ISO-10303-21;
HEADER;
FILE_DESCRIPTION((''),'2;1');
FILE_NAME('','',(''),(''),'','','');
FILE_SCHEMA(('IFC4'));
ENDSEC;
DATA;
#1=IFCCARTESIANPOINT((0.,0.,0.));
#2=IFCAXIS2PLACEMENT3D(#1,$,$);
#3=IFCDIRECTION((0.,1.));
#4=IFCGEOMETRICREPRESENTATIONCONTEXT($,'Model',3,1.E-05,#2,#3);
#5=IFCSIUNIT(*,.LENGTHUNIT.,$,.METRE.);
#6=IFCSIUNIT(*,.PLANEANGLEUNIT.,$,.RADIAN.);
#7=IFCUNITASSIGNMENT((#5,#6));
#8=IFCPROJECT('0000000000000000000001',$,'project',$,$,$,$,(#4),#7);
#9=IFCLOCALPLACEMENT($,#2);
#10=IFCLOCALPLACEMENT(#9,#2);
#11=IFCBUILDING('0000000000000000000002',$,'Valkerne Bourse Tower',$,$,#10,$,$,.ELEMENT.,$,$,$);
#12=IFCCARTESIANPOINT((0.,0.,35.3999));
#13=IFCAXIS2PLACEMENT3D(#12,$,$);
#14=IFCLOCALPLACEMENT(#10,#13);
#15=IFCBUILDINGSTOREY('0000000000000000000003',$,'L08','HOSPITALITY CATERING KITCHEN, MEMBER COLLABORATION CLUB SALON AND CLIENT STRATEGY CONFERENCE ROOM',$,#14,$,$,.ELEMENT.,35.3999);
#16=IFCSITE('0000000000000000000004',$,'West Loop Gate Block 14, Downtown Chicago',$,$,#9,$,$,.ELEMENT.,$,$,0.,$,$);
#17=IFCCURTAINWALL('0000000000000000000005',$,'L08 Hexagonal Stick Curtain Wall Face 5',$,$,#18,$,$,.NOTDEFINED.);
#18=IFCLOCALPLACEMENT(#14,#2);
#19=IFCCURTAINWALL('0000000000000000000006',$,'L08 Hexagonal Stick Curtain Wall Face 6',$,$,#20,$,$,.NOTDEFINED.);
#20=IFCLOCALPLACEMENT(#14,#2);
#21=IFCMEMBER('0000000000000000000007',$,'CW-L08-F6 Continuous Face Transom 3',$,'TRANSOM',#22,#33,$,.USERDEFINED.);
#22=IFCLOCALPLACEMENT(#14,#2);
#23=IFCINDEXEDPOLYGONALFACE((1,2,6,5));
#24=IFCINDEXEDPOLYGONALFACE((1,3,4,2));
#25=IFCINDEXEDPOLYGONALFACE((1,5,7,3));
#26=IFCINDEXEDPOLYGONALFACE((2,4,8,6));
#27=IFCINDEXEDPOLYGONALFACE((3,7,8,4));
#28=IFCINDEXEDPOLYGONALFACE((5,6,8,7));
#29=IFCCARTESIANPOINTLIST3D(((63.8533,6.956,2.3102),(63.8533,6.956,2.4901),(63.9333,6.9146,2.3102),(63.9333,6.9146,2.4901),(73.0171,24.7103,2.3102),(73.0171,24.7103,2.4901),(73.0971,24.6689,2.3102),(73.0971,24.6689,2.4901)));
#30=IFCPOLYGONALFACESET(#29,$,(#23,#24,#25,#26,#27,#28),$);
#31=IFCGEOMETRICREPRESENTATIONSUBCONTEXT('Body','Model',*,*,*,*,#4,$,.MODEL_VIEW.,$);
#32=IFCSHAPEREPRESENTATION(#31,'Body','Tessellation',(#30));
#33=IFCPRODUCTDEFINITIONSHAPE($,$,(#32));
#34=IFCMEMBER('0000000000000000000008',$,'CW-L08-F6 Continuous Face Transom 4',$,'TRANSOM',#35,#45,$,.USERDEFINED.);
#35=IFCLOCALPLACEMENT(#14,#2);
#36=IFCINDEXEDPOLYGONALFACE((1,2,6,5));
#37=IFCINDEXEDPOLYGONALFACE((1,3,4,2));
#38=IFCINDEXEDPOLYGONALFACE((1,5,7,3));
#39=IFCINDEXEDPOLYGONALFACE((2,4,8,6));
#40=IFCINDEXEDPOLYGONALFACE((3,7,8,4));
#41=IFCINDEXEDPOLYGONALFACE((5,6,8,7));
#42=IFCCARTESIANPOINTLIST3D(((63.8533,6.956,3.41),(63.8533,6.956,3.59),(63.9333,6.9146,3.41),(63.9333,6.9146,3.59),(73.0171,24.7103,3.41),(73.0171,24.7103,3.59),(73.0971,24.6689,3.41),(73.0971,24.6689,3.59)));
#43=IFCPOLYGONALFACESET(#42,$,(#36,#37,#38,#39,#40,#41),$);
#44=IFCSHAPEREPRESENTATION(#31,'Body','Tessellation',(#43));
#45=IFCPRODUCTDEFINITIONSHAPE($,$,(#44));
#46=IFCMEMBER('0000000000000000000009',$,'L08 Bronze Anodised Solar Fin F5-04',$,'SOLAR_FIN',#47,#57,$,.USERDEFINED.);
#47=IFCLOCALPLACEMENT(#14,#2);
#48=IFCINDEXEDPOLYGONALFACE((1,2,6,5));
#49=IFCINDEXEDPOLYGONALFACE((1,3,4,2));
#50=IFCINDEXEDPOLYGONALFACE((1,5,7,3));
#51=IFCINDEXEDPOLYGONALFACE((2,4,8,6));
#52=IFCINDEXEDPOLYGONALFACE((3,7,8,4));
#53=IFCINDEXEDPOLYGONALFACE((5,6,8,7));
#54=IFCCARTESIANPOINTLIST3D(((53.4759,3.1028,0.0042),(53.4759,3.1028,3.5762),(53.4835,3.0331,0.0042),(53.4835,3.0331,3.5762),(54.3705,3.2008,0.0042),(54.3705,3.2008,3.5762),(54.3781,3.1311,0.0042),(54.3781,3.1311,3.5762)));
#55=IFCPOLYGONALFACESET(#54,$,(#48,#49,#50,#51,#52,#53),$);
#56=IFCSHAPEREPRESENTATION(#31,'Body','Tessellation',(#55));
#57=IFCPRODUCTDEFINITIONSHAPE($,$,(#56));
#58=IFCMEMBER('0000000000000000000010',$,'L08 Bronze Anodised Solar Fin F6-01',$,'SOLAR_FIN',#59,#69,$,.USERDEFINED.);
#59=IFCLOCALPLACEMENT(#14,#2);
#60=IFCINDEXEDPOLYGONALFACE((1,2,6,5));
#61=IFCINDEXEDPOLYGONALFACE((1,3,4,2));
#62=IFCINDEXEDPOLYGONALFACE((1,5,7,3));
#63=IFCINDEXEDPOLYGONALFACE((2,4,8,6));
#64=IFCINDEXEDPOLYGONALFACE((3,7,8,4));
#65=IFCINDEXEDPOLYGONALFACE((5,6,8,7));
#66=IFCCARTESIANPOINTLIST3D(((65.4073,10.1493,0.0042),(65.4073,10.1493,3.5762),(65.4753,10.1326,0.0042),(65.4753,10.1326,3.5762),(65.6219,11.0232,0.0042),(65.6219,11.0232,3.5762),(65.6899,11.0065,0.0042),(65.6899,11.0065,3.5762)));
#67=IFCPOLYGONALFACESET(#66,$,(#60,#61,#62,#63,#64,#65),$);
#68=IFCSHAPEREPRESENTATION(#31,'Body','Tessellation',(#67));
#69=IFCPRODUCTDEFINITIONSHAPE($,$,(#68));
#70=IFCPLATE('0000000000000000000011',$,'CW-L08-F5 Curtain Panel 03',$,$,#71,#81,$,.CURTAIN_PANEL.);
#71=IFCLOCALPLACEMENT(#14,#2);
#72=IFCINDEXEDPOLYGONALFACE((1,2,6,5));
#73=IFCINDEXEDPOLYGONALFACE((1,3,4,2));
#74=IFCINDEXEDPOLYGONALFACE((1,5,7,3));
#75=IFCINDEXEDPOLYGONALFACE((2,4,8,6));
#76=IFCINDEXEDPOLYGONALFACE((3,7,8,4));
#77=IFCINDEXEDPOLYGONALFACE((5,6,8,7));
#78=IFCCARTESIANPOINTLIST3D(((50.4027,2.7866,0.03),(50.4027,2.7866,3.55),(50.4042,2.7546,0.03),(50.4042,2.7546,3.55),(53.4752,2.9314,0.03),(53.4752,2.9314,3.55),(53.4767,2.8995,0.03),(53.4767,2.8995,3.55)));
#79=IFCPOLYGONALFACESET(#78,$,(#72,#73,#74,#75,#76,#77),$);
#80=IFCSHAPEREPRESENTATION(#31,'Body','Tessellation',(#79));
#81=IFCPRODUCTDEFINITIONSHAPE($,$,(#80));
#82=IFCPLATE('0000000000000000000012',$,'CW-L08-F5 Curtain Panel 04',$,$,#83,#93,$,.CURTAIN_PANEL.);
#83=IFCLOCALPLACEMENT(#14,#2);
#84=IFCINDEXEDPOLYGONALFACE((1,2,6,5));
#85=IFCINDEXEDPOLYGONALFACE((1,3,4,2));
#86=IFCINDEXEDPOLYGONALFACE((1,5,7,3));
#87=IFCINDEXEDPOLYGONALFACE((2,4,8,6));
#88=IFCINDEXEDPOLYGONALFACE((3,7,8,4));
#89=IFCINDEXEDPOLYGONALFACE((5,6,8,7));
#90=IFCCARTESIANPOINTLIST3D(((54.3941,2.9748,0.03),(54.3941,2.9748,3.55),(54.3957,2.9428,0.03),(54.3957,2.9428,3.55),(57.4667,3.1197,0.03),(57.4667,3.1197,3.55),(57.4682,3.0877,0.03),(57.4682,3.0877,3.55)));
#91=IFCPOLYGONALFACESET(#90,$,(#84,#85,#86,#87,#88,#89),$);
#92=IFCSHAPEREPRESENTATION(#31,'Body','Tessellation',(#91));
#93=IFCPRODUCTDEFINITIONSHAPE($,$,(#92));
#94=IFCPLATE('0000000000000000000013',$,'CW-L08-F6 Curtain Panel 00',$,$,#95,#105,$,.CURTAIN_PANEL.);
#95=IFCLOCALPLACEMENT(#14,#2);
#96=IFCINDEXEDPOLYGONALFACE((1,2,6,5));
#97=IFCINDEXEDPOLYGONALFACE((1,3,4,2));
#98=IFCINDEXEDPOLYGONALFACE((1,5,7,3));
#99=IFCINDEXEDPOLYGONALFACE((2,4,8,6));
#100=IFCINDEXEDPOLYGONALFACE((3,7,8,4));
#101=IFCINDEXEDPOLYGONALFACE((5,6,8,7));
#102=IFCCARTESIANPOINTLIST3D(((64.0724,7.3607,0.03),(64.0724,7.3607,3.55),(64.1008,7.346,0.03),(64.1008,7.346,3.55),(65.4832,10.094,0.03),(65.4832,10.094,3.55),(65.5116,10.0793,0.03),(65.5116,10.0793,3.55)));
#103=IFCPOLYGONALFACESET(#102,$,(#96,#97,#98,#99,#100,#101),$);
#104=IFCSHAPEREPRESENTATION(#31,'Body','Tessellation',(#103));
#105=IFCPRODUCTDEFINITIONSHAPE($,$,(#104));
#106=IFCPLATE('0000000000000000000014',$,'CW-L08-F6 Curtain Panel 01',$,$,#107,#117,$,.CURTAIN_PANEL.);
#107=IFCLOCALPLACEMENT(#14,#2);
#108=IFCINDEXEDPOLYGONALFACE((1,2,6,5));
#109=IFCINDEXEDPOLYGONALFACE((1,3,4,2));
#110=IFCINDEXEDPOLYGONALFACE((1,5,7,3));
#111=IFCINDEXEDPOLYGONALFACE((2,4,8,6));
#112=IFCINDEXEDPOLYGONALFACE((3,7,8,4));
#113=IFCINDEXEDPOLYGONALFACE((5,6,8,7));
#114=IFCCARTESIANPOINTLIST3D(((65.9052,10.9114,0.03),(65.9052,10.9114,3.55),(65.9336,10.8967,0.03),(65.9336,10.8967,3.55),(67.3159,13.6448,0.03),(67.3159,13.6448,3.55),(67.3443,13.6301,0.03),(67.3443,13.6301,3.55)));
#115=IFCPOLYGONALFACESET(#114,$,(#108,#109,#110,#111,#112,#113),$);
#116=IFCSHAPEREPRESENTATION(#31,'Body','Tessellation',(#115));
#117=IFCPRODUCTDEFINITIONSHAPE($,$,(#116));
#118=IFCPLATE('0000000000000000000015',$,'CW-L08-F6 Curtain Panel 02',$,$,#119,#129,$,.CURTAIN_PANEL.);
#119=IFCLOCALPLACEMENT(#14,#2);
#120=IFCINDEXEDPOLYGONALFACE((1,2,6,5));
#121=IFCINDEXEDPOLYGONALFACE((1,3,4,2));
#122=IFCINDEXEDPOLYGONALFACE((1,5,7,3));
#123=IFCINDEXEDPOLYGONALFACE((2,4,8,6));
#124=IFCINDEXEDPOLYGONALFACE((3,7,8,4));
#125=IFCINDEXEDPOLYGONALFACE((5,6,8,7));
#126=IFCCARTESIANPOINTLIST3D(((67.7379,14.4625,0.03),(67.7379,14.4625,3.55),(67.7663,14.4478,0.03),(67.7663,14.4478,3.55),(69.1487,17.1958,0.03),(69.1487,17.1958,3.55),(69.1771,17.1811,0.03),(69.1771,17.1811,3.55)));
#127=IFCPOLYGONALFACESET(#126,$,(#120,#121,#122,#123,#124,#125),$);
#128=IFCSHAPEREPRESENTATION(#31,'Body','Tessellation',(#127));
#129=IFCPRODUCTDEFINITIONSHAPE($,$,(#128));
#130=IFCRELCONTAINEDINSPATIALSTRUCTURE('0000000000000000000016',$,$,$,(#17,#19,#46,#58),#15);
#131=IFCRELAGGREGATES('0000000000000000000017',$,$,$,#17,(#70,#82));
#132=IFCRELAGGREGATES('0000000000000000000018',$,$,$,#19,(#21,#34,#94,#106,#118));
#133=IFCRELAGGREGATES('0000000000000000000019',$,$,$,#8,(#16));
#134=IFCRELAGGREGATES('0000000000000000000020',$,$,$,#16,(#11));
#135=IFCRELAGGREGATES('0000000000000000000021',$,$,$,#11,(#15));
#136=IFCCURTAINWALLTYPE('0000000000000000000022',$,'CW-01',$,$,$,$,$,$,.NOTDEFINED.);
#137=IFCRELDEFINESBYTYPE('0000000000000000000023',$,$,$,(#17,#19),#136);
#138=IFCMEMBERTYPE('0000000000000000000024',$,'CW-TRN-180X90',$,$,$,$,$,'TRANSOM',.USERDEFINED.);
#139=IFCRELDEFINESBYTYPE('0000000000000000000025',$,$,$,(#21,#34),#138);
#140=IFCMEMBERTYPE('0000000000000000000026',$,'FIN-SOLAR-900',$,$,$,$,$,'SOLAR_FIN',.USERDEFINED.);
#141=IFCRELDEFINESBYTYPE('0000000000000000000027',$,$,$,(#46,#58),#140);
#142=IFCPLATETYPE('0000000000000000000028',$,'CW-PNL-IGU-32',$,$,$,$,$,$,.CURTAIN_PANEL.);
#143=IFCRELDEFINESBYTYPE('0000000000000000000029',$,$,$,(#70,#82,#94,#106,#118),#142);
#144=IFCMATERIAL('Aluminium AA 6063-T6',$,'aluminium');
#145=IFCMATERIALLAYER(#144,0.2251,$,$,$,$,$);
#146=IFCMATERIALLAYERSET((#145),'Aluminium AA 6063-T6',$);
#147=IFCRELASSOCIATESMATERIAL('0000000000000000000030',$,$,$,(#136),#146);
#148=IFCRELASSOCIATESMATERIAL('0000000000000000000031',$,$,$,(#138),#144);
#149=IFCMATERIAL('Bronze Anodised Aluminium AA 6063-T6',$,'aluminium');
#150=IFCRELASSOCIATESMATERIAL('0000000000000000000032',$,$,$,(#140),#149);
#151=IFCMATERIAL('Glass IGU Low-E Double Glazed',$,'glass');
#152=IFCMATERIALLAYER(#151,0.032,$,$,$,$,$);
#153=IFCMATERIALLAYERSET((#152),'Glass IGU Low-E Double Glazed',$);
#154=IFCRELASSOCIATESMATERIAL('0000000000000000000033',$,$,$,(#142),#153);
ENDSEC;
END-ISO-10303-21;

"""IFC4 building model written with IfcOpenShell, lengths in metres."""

from ifc_helpers import new_model, si_unit, direction, frame, origin, origin_2d, place, context, subcontext, project, spatial, rectangle, extrude, material, layer, layer_set, material_profile, profile_set, type_object, element, aggregate, save


model = new_model("IFC4")

# Units and contexts
model_context = context("Model", 3, precision=1e-05, world=origin(), true_north=direction((0.0, 1.0)))
body_context = subcontext(model_context, "Body", "Model", "MODEL_VIEW")
ifc_project = project(units=[si_unit("LENGTHUNIT", "METRE"), si_unit("PLANEANGLEUNIT", "RADIAN")], contexts=[model_context])

# Site, building, storey
site_placement = place(None, origin())
site = spatial("IfcSite", under=ifc_project, at=site_placement, Name="West Loop Gate Block 14, Downtown Chicago", CompositionType="ELEMENT", RefElevation=0.0)
building_placement = place(site_placement, origin())
building = spatial("IfcBuilding", under=site, at=building_placement, Name="Valkerne Bourse Tower", CompositionType="ELEMENT")
storey_placement = place(building_placement, frame((0.0, 0.0, 35.3999)))
storey = spatial("IfcBuildingStorey", under=building, at=storey_placement, Name="L08", Description="HOSPITALITY CATERING KITCHEN, MEMBER COLLABORATION CLUB SALON AND CLIENT STRATEGY CONFERENCE ROOM", CompositionType="ELEMENT", Elevation=35.3999)

# Curtain walls, members
ifc_material_1 = material(Name="Aluminium AA 6063-T6", Category="aluminium")
ifc_layer_1 = layer(ifc_material_1, 0.2251)
ifc_layer_set_1 = layer_set([ifc_layer_1], Name="Aluminium AA 6063-T6")
curtain_wall_type = type_object("IfcCurtainWallType", Name="CW-01", PredefinedType="NOTDEFINED", material=ifc_layer_set_1)
curtain_wall_1_placement = place(storey_placement, origin())
curtain_wall_1 = element("IfcCurtainWall", 1, at=curtain_wall_1_placement, inside=storey, type_object=curtain_wall_type, Name="L08 Hexagonal Stick Curtain Wall Face 5", PredefinedType="NOTDEFINED")
curtain_wall_2_placement = place(storey_placement, origin())
curtain_wall_2 = element("IfcCurtainWall", 2, at=curtain_wall_2_placement, inside=storey, type_object=curtain_wall_type, Name="L08 Hexagonal Stick Curtain Wall Face 6", PredefinedType="NOTDEFINED")
ifc_material_profile_1 = material_profile(ifc_material_1, rectangle(XDim=0.0901, YDim=0.1799, at=origin_2d()), Name="CWT-90X180")
ifc_profile_set_1 = profile_set([ifc_material_profile_1], Name="Aluminium AA 6063-T6")
member_type_1 = type_object("IfcMemberType", Name="CW-TRN-180X90", ElementType="TRANSOM", PredefinedType="USERDEFINED", material=ifc_profile_set_1)
member_1_placement = place(storey_placement, frame((63.8933, 6.9353, 2.4001), z_axis=(0.458653, 0.888615, 0.0), x_axis=(-0.888615, 0.458653, 0.0)))
member_1 = element("IfcMember", 3, at=member_1_placement, type_object=member_type_1, Name="CW-L08-F6 Continuous Face Transom 3", ObjectType="TRANSOM", PredefinedType="USERDEFINED", context=body_context, shape_type="SweptSolid", body=[
    extrude(rectangle(XDim=0.0901, YDim=0.1799, at=origin_2d()), origin(), (0.0, 0.0, 1.0), 19.9797),
])
member_2_placement = place(storey_placement, frame((63.8933, 6.9353, 3.5), z_axis=(0.458653, 0.888615, 0.0), x_axis=(-0.888615, 0.458653, 0.0)))
member_2 = element("IfcMember", 4, at=member_2_placement, type_object=member_type_1, Name="CW-L08-F6 Continuous Face Transom 4", ObjectType="TRANSOM", PredefinedType="USERDEFINED", context=body_context, shape_type="SweptSolid", body=[
    extrude(rectangle(XDim=0.0901, YDim=0.1799, at=origin_2d()), origin(), (0.0, 0.0, 1.0), 19.9797),
])

# Members
ifc_material_2 = material(Name="Bronze Anodised Aluminium AA 6063-T6", Category="aluminium")
ifc_material_profile_2 = material_profile(ifc_material_2, rectangle(XDim=0.0701, YDim=0.8999, at=origin_2d()), Name="FIN-70X900")
ifc_profile_set_2 = profile_set([ifc_material_profile_2], Name="Bronze Anodised Aluminium AA 6063-T6")
member_type_2 = type_object("IfcMemberType", Name="FIN-SOLAR-900", ElementType="SOLAR_FIN", PredefinedType="USERDEFINED", material=ifc_profile_set_2)
for number, where, z_axis, x_axis, name in (
    (5, (53.927, 3.1169, 0.0042), (0.0, 0.0, 1.0), (0.108931, -0.994049, 0.0), "L08 Bronze Anodised Solar Fin F5-04"),
    (6, (65.5486, 10.5779, 0.0042), (0.0, 0.0, 1.0), (0.971153, -0.238456, 0.0), "L08 Bronze Anodised Solar Fin F6-01"),
):
    element("IfcMember", number, at=place(storey_placement, frame(where, z_axis=z_axis, x_axis=x_axis)), inside=storey, type_object=member_type_2, Name=name, ObjectType="SOLAR_FIN", PredefinedType="USERDEFINED", context=body_context, shape_type="SweptSolid", body=[
        extrude(rectangle(XDim=0.0701, YDim=0.8999, at=origin_2d()), origin(), (0.0, 0.0, 1.0), 3.572),
    ])

# Plates
ifc_material_3 = material(Name="Glass IGU Low-E Double Glazed", Category="glass")
ifc_layer_2 = layer(ifc_material_3, 0.032)
ifc_layer_set_2 = layer_set([ifc_layer_2], Name="Glass IGU Low-E Double Glazed")
plate_type = type_object("IfcPlateType", Name="CW-PNL-IGU-32", PredefinedType="CURTAIN_PANEL", material=ifc_layer_set_2)
plate_1_placement = place(storey_placement, frame((51.9397, 2.843, 0.03), z_axis=(0.0, 0.0, 1.0), x_axis=(0.99889, 0.047098, 0.0)))
plate_1 = element("IfcPlate", 7, at=plate_1_placement, type_object=plate_type, Name="CW-L08-F5 Curtain Panel 03", PredefinedType="CURTAIN_PANEL", context=body_context, shape_type="SweptSolid", body=[
    extrude(rectangle(XDim=3.0759, YDim=0.032, at=origin_2d()), origin(), (0.0, 0.0, 1.0), 3.52),
])
plate_2_placement = place(storey_placement, frame((55.9312, 3.0312, 0.03), z_axis=(0.0, 0.0, 1.0), x_axis=(0.998889, 0.047122, 0.0)))
plate_2 = element("IfcPlate", 8, at=plate_2_placement, type_object=plate_type, Name="CW-L08-F5 Curtain Panel 04", PredefinedType="CURTAIN_PANEL", context=body_context, shape_type="SweptSolid", body=[
    extrude(rectangle(XDim=3.0759, YDim=0.032, at=origin_2d()), origin(), (0.0, 0.0, 1.0), 3.52),
])
aggregate(curtain_wall_1, [plate_1, plate_2])
plate_3_placement = place(storey_placement, frame((64.792, 8.72, 0.03), z_axis=(0.0, 0.0, 1.0), x_axis=(0.458658, 0.888613, 0.0)))
plate_3 = element("IfcPlate", 9, at=plate_3_placement, type_object=plate_type, Name="CW-L08-F6 Curtain Panel 00", PredefinedType="CURTAIN_PANEL", context=body_context, shape_type="SweptSolid", body=[
    extrude(rectangle(XDim=3.0759, YDim=0.032, at=origin_2d()), origin(), (0.0, 0.0, 1.0), 3.52),
])
plate_4_placement = place(storey_placement, frame((66.6248, 12.2708, 0.03), z_axis=(0.0, 0.0, 1.0), x_axis=(0.458638, 0.888623, 0.0)))
plate_4 = element("IfcPlate", 10, at=plate_4_placement, type_object=plate_type, Name="CW-L08-F6 Curtain Panel 01", PredefinedType="CURTAIN_PANEL", context=body_context, shape_type="SweptSolid", body=[
    extrude(rectangle(XDim=3.0759, YDim=0.032, at=origin_2d()), origin(), (0.0, 0.0, 1.0), 3.52),
])
plate_5_placement = place(storey_placement, frame((68.4575, 15.8218, 0.03), z_axis=(0.0, 0.0, 1.0), x_axis=(0.458658, 0.888613, 0.0)))
plate_5 = element("IfcPlate", 11, at=plate_5_placement, type_object=plate_type, Name="CW-L08-F6 Curtain Panel 02", PredefinedType="CURTAIN_PANEL", context=body_context, shape_type="SweptSolid", body=[
    extrude(rectangle(XDim=3.0759, YDim=0.032, at=origin_2d()), origin(), (0.0, 0.0, 1.0), 3.52),
])
aggregate(curtain_wall_2, [member_1, member_2, plate_3, plate_4, plate_5])

save(model, "model.ifc")
